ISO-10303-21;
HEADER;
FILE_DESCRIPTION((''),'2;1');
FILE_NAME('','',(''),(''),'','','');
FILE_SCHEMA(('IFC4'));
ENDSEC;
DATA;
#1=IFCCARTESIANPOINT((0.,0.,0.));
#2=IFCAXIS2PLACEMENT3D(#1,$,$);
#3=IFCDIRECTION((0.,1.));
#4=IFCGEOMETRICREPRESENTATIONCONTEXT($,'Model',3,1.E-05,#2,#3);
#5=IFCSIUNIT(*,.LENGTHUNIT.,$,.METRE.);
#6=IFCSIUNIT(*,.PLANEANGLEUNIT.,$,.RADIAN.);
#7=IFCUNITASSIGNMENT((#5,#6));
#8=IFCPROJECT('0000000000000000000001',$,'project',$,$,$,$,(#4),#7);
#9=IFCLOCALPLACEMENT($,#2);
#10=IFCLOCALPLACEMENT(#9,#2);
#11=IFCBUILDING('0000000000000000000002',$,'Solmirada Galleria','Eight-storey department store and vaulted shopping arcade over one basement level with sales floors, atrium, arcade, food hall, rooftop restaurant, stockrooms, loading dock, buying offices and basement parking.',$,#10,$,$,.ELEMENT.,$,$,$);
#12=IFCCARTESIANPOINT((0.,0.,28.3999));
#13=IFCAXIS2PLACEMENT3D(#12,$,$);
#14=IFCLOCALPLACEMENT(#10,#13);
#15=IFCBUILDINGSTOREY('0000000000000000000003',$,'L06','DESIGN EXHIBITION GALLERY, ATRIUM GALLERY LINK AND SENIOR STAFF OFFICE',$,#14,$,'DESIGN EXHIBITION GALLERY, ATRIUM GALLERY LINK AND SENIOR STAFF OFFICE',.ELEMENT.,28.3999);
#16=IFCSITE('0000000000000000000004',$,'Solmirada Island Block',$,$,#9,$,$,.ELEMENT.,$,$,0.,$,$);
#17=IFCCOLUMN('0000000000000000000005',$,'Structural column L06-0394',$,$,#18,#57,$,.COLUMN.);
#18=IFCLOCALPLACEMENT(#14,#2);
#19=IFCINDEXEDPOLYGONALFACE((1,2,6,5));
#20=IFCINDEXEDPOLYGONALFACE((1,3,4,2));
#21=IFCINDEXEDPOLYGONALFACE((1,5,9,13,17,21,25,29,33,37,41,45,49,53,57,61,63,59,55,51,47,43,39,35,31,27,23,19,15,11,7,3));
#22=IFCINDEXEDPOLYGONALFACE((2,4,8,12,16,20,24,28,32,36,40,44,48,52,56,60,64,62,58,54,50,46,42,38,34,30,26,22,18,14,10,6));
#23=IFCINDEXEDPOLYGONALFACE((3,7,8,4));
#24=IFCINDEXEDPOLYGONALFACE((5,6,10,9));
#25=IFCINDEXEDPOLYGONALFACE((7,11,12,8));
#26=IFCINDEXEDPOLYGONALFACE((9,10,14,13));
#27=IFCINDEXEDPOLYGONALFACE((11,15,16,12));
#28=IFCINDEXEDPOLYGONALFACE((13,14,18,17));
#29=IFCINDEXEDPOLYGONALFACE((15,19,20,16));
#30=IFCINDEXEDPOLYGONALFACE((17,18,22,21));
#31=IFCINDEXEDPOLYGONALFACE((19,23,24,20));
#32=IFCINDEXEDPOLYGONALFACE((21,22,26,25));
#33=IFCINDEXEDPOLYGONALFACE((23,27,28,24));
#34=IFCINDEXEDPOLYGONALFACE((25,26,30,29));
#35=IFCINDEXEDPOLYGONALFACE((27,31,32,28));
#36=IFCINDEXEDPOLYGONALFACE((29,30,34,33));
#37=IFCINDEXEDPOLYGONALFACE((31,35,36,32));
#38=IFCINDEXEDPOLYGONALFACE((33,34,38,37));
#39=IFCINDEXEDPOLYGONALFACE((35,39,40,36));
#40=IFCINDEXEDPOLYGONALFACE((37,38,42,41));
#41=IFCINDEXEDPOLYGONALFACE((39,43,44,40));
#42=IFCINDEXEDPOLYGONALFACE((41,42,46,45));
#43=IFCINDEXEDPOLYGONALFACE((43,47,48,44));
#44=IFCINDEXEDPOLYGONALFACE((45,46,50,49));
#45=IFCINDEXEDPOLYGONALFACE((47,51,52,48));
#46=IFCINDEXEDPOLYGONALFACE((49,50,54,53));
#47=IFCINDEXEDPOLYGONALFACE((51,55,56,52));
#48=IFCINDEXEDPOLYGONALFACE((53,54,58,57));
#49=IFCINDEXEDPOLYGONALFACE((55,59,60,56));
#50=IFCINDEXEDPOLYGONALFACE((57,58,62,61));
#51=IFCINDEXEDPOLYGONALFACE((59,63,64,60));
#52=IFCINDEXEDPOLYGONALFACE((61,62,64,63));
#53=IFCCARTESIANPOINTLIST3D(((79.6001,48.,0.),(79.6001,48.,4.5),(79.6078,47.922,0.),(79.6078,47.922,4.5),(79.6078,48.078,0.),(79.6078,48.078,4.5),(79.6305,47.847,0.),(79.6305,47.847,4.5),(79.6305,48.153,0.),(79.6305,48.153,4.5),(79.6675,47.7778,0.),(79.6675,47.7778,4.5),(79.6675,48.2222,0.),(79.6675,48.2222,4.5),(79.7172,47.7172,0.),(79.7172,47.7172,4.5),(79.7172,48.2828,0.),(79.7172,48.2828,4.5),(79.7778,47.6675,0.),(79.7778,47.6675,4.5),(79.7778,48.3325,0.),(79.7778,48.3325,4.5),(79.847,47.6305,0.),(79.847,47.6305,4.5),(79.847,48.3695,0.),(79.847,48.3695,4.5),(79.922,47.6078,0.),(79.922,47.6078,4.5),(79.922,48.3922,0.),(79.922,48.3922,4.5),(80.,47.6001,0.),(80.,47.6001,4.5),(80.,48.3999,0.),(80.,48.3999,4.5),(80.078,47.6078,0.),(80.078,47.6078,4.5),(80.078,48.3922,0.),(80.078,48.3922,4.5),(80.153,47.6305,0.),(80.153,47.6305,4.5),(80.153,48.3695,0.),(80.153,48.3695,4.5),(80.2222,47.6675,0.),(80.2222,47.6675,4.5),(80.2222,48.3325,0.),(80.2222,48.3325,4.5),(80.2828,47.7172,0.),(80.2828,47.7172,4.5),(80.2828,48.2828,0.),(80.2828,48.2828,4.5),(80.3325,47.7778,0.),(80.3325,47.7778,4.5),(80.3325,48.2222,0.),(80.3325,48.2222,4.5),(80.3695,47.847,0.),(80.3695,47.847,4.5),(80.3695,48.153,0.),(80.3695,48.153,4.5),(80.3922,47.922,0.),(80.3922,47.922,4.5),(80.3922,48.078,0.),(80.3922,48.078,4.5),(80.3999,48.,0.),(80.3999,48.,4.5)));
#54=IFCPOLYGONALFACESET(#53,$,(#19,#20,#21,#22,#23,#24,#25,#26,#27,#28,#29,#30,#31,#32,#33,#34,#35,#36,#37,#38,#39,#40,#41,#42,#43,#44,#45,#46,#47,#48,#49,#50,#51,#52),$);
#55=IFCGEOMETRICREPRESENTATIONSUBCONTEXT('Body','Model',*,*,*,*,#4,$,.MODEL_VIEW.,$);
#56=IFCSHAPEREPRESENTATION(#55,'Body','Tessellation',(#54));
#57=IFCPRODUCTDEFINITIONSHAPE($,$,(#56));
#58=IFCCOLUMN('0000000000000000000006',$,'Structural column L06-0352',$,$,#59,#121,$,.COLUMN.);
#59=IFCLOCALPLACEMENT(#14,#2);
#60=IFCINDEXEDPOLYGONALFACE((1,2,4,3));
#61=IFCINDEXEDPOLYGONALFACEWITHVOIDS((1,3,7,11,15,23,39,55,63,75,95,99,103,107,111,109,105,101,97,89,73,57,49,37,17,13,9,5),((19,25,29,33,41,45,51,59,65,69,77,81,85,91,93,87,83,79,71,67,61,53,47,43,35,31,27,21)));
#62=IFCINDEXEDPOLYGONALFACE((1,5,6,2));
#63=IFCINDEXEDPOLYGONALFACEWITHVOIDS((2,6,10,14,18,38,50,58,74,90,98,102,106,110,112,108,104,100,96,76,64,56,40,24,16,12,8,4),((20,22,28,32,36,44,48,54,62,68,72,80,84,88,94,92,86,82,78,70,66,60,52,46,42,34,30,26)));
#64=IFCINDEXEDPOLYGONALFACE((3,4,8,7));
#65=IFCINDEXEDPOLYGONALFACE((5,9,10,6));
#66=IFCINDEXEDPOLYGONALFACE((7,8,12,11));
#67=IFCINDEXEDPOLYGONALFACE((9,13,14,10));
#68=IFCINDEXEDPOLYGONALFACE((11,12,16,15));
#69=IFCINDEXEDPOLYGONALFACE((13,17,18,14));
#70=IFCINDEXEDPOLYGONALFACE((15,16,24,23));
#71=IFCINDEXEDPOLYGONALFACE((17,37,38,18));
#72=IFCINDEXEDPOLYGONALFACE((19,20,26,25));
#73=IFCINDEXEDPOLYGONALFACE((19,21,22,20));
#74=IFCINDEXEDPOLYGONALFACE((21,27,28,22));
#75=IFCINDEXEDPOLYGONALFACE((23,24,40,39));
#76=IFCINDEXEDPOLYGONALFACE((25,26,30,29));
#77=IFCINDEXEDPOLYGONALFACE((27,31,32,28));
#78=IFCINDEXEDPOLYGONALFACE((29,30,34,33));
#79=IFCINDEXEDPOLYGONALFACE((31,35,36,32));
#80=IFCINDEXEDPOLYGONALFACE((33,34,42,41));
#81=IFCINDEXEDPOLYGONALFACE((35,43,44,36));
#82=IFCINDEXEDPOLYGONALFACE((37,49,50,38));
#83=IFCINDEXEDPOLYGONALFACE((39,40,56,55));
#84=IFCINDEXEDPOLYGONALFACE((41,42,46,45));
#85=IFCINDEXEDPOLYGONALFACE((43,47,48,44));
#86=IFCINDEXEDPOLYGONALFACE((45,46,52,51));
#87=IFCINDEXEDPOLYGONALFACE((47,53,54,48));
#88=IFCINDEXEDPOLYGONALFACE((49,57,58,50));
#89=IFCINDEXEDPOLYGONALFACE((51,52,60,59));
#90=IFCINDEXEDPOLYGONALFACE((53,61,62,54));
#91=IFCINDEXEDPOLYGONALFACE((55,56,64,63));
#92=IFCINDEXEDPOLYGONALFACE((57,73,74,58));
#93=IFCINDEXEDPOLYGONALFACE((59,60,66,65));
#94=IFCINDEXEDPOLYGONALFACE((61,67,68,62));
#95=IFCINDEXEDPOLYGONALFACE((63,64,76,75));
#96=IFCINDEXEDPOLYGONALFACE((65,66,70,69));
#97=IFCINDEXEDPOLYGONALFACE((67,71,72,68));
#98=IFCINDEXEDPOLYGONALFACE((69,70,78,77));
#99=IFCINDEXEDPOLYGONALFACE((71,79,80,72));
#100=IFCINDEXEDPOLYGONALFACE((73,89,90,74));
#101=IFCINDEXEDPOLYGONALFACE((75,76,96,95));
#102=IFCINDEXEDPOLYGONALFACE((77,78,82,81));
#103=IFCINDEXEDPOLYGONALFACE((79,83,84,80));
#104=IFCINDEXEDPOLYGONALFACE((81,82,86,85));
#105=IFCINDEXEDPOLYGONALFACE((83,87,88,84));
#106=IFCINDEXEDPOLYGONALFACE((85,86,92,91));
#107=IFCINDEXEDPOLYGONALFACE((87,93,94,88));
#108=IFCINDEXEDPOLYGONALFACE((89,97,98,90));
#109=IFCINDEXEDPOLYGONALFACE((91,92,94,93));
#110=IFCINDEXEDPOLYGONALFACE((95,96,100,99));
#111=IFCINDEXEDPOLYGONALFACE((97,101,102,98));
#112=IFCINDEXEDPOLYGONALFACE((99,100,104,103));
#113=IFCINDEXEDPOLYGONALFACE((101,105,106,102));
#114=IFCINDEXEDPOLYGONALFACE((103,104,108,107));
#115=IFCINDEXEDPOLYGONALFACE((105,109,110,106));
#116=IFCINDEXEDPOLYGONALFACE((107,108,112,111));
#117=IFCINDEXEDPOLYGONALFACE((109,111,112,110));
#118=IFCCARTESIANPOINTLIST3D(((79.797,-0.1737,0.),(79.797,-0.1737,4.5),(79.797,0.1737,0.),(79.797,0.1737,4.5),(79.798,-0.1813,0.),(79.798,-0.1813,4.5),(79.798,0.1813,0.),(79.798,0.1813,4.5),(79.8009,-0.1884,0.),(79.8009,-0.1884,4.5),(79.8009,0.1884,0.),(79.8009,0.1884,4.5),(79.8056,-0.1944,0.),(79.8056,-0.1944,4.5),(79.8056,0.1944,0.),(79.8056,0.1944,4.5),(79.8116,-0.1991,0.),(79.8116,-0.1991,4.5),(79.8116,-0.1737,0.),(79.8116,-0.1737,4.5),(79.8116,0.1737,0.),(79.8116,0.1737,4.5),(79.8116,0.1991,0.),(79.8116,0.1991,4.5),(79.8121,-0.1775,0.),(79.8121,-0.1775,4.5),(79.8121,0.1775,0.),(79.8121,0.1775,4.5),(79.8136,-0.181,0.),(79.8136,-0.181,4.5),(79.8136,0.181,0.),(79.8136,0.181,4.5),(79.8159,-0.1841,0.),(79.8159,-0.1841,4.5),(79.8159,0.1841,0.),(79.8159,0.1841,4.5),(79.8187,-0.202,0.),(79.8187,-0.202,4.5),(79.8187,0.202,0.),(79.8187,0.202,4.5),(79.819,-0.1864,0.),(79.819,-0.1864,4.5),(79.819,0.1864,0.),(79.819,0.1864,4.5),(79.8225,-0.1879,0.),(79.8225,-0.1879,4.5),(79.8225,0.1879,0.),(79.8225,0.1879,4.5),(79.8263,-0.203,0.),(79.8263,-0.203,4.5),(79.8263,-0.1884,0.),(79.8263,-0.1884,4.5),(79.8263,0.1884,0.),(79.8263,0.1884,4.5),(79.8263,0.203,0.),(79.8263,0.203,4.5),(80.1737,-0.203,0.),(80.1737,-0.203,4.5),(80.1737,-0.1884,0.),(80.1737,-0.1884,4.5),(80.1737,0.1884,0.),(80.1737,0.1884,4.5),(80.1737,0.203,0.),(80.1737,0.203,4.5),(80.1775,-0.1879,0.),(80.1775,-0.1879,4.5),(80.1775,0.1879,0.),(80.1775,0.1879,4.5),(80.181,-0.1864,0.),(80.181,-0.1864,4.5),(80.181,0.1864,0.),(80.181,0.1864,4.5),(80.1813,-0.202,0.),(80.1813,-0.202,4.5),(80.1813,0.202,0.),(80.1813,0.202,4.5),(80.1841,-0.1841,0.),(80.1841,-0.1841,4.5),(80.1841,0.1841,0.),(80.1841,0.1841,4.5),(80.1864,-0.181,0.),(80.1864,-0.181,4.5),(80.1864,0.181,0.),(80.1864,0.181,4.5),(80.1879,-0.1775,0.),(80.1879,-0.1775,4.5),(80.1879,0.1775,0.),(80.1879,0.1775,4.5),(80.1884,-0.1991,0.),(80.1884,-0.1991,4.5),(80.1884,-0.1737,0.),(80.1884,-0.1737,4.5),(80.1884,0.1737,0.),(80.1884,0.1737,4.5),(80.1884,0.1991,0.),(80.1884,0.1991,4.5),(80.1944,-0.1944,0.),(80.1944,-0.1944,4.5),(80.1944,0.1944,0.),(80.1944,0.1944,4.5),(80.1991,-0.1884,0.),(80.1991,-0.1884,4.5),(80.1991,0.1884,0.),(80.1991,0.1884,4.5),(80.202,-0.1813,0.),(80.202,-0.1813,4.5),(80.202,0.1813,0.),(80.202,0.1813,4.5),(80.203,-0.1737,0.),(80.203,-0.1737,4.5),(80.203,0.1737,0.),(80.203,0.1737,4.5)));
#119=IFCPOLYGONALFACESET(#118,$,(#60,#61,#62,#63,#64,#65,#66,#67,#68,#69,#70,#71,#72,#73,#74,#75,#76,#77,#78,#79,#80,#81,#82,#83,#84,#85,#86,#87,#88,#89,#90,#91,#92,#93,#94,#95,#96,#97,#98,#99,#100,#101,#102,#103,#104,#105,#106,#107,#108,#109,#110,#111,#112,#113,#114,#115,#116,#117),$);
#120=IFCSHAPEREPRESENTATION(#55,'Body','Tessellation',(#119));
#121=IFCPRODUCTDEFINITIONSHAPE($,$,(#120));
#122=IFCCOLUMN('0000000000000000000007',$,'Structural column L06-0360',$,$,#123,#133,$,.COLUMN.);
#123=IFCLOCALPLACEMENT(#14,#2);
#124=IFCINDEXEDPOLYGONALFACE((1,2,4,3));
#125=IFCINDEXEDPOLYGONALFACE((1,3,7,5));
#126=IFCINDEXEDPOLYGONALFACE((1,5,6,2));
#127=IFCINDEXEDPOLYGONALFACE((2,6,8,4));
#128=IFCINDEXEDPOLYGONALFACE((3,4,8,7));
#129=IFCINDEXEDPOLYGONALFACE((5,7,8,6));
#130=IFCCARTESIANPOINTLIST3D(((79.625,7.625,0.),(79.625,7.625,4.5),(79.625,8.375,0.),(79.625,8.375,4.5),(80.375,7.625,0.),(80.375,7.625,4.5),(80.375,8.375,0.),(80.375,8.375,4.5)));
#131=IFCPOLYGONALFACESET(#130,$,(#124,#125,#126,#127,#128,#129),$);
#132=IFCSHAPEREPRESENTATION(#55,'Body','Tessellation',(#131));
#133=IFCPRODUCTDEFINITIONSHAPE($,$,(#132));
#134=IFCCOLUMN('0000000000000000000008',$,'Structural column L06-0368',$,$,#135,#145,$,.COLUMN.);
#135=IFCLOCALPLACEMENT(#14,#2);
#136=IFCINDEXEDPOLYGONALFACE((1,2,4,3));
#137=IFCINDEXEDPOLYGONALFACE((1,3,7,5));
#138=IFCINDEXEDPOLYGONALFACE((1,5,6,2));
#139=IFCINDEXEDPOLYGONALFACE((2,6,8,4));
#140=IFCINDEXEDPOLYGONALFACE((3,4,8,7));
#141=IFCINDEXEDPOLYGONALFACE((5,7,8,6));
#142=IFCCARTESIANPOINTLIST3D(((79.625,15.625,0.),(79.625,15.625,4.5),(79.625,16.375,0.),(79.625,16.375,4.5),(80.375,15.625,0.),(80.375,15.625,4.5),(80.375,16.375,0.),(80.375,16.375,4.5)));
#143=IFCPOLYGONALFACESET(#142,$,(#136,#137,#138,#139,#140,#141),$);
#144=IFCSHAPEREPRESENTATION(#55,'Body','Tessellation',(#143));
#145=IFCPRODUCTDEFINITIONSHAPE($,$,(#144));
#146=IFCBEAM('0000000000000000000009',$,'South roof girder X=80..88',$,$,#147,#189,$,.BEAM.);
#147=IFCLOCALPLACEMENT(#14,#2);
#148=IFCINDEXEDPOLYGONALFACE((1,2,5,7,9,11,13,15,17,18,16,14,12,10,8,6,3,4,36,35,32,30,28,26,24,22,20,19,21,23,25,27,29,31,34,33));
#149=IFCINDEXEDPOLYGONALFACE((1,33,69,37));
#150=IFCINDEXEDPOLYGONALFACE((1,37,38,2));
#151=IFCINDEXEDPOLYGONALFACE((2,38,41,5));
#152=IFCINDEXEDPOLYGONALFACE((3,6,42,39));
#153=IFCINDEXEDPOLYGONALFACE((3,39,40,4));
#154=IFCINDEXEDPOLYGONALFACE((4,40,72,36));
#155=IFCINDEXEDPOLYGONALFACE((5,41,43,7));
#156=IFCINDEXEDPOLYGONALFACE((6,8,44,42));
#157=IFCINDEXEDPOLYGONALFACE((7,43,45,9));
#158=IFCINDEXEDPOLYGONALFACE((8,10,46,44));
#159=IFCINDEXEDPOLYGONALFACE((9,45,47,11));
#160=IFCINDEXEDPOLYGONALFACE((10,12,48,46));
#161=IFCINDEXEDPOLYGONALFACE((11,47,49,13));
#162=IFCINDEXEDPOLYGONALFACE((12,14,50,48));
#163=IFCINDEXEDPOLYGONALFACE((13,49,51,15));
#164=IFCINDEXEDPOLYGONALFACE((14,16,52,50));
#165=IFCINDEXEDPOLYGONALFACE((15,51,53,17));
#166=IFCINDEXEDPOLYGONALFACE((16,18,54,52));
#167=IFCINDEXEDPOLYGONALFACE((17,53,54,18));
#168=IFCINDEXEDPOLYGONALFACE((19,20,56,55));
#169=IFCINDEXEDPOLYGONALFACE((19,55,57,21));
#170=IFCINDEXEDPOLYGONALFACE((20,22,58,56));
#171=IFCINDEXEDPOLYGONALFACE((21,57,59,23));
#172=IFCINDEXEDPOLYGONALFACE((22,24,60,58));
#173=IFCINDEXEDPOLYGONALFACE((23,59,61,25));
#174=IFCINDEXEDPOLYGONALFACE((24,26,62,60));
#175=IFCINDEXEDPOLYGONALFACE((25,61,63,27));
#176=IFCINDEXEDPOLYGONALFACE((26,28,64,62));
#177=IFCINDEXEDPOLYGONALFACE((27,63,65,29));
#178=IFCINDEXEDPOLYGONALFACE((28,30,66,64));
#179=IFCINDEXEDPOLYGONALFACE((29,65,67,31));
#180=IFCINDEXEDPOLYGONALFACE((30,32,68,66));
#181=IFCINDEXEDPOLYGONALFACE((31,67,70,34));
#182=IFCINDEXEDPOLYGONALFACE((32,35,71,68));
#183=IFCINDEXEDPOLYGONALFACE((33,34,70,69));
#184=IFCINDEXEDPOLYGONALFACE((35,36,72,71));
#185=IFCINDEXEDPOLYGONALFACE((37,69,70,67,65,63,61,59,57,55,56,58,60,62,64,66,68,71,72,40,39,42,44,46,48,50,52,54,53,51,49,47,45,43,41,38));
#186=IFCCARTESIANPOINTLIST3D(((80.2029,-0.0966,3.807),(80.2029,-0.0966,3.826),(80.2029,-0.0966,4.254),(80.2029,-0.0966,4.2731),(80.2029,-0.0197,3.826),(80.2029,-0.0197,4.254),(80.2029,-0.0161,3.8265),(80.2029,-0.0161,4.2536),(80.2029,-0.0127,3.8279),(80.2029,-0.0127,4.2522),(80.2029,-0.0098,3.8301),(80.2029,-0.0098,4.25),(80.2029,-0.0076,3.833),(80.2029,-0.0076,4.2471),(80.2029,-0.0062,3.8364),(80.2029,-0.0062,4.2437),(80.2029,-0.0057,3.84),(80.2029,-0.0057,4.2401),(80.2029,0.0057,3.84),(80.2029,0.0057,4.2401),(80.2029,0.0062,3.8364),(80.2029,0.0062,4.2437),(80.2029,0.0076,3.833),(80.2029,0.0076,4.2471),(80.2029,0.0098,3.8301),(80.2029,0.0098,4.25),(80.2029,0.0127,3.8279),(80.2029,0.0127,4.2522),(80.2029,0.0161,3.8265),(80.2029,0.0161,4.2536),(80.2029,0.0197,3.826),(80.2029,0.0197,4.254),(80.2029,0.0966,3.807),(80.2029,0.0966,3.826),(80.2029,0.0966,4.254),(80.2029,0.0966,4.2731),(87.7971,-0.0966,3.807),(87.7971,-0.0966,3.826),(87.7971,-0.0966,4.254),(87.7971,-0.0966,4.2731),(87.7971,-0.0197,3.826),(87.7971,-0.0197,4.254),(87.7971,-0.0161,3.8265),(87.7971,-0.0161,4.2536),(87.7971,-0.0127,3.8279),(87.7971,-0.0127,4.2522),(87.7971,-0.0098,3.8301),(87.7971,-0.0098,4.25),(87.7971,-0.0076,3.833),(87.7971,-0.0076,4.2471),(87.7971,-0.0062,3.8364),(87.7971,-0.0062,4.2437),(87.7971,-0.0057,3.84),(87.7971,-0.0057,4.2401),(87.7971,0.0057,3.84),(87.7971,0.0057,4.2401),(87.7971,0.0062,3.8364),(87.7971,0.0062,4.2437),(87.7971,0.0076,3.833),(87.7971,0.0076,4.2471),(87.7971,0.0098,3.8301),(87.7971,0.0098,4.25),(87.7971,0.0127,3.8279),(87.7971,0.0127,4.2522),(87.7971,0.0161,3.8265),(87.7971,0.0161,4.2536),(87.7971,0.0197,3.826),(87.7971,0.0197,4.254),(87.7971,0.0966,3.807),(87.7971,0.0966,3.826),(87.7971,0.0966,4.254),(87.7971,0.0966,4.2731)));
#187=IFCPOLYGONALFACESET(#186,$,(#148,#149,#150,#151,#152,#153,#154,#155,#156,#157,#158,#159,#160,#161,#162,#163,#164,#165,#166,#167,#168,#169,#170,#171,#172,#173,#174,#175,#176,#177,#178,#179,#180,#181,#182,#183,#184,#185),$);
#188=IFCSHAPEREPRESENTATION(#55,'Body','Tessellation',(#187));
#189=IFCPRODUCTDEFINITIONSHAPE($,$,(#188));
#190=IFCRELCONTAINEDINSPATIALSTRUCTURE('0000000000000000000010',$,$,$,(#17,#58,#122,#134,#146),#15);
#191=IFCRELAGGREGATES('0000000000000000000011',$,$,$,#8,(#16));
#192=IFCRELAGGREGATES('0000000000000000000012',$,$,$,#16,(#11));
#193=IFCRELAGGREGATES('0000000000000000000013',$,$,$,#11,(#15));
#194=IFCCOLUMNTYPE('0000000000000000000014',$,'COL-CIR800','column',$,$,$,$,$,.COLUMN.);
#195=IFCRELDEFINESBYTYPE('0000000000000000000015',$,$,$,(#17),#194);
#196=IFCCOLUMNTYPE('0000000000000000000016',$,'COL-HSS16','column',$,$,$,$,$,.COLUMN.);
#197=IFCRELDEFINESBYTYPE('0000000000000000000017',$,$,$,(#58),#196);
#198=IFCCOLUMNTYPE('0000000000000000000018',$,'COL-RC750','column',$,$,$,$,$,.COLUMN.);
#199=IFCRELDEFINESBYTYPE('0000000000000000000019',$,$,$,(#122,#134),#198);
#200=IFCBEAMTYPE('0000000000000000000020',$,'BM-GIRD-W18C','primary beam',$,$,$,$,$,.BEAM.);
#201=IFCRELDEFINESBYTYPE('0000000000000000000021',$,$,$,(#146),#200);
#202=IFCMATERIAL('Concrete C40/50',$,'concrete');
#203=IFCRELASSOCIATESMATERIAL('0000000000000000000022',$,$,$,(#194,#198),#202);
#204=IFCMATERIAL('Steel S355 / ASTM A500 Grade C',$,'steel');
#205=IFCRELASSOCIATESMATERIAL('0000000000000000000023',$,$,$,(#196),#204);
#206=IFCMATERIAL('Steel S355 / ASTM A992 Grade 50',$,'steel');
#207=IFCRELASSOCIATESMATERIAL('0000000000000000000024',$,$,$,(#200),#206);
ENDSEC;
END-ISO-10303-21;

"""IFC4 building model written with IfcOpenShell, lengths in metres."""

from ifc_helpers import new_model, si_unit, direction, frame, origin, origin_2d, place, context, subcontext, project, spatial, rectangle, hollow_rectangle, circle, i_section, extrude, material, material_profile, profile_set, type_object, element, save


model = new_model("IFC4")

# Units and contexts
model_context = context("Model", 3, precision=1e-05, world=origin(), true_north=direction((0.0, 1.0)))
body_context = subcontext(model_context, "Body", "Model", "MODEL_VIEW")
ifc_project = project(units=[si_unit("LENGTHUNIT", "METRE"), si_unit("PLANEANGLEUNIT", "RADIAN")], contexts=[model_context])

# Site, building, storey
site_placement = place(None, origin())
site = spatial("IfcSite", under=ifc_project, at=site_placement, Name="Solmirada Island Block", CompositionType="ELEMENT", RefElevation=0.0)
building_placement = place(site_placement, origin())
building = spatial("IfcBuilding", under=site, at=building_placement, Name="Solmirada Galleria", Description="Eight-storey department store and vaulted shopping arcade over one basement level with sales floors, atrium, arcade, food hall, rooftop restaurant, stockrooms, loading dock, buying offices and basement parking.", CompositionType="ELEMENT")
storey_placement = place(building_placement, frame((0.0, 0.0, 28.3999)))
storey = spatial("IfcBuildingStorey", under=building, at=storey_placement, Name="L06", Description="DESIGN EXHIBITION GALLERY, ATRIUM GALLERY LINK AND SENIOR STAFF OFFICE", LongName="DESIGN EXHIBITION GALLERY, ATRIUM GALLERY LINK AND SENIOR STAFF OFFICE", CompositionType="ELEMENT", Elevation=28.3999)

# Columns
ifc_material_1 = material(Name="Concrete C40/50", Category="concrete")
ifc_material_profile_1 = material_profile(ifc_material_1, circle(Radius=0.3999, at=origin_2d()), Name="RCCOL800")
ifc_profile_set_1 = profile_set([ifc_material_profile_1], Name="Concrete C40/50")
column_type_1 = type_object("IfcColumnType", Name="COL-CIR800", Description="column", PredefinedType="COLUMN", material=ifc_profile_set_1)
column_1_placement = place(storey_placement, frame((80.0, 48.0, 0.0), z_axis=(0.0, 0.0, 1.0), x_axis=(1.0, 0.0, 0.0)))
element("IfcColumn", 1, at=column_1_placement, inside=storey, type_object=column_type_1, Name="Structural column L06-0394", PredefinedType="COLUMN", context=body_context, shape_type="SweptSolid", body=[
    extrude(circle(Radius=0.3999, at=origin_2d()), origin(), (0.0, 0.0, 1.0), 4.5),
])
ifc_material_2 = material(Name="Steel S355 / ASTM A500 Grade C", Category="steel")
ifc_material_profile_2 = material_profile(ifc_material_2, hollow_rectangle(XDim=0.406, YDim=0.406, WallThickness=0.0146, InnerFilletRadius=0.0146, OuterFilletRadius=0.0293, at=origin_2d()), Name="HSS16X16X5/8")
ifc_profile_set_2 = profile_set([ifc_material_profile_2], Name="Steel S355 / ASTM A500 Grade C")
column_type_2 = type_object("IfcColumnType", Name="COL-HSS16", Description="column", PredefinedType="COLUMN", material=ifc_profile_set_2)
column_2_placement = place(storey_placement, frame((80.0, 0.0, 0.0), z_axis=(0.0, 0.0, 1.0), x_axis=(1.0, 0.0, 0.0)))
element("IfcColumn", 2, at=column_2_placement, inside=storey, type_object=column_type_2, Name="Structural column L06-0352", PredefinedType="COLUMN", context=body_context, shape_type="SweptSolid", body=[
    extrude(hollow_rectangle(XDim=0.406, YDim=0.406, WallThickness=0.0146, InnerFilletRadius=0.0146, OuterFilletRadius=0.0293, at=origin_2d()), origin(), (0.0, 0.0, 1.0), 4.5),
])
ifc_material_profile_3 = material_profile(ifc_material_1, rectangle(XDim=0.75, YDim=0.75, at=origin_2d()), Name="RC750X750")
ifc_profile_set_3 = profile_set([ifc_material_profile_3], Name="Concrete C40/50")
column_type_3 = type_object("IfcColumnType", Name="COL-RC750", Description="column", PredefinedType="COLUMN", material=ifc_profile_set_3)
for number, where, z_axis, x_axis, name in (
    (3, (80.0, 8.0, 0.0), (0.0, 0.0, 1.0), (1.0, 0.0, 0.0), "Structural column L06-0360"),
    (4, (80.0, 16.0, 0.0), (0.0, 0.0, 1.0), (1.0, 0.0, 0.0), "Structural column L06-0368"),
):
    element("IfcColumn", number, at=place(storey_placement, frame(where, z_axis=z_axis, x_axis=x_axis)), inside=storey, type_object=column_type_3, Name=name, PredefinedType="COLUMN", context=body_context, shape_type="SweptSolid", body=[
        extrude(rectangle(XDim=0.75, YDim=0.75, at=origin_2d()), origin(), (0.0, 0.0, 1.0), 4.5),
    ])

# Beam
ifc_material_3 = material(Name="Steel S355 / ASTM A992 Grade 50", Category="steel")
ifc_material_profile_4 = material_profile(ifc_material_3, i_section(OverallWidth=0.1931, OverallDepth=0.4661, WebThickness=0.0115, FlangeThickness=0.019, FilletRadius=0.0139, at=origin_2d()), Name="W18X65")
ifc_profile_set_4 = profile_set([ifc_material_profile_4], Name="Steel S355 / ASTM A992 Grade 50")
beam_type = type_object("IfcBeamType", Name="BM-GIRD-W18C", Description="primary beam", PredefinedType="BEAM", material=ifc_profile_set_4)
beam_1_placement = place(storey_placement, frame((80.2029, 0.0, 4.04), z_axis=(1.0, 0.0, 0.0), x_axis=(0.0, 1.0, 0.0)))
element("IfcBeam", 5, at=beam_1_placement, inside=storey, type_object=beam_type, Name="South roof girder X=80..88", PredefinedType="BEAM", context=body_context, shape_type="SweptSolid", body=[
    extrude(i_section(OverallWidth=0.1931, OverallDepth=0.4661, WebThickness=0.0115, FlangeThickness=0.019, FilletRadius=0.0139, at=origin_2d()), origin(), (0.0, 0.0, 1.0), 7.5942),
])

save(model, "model.ifc")
